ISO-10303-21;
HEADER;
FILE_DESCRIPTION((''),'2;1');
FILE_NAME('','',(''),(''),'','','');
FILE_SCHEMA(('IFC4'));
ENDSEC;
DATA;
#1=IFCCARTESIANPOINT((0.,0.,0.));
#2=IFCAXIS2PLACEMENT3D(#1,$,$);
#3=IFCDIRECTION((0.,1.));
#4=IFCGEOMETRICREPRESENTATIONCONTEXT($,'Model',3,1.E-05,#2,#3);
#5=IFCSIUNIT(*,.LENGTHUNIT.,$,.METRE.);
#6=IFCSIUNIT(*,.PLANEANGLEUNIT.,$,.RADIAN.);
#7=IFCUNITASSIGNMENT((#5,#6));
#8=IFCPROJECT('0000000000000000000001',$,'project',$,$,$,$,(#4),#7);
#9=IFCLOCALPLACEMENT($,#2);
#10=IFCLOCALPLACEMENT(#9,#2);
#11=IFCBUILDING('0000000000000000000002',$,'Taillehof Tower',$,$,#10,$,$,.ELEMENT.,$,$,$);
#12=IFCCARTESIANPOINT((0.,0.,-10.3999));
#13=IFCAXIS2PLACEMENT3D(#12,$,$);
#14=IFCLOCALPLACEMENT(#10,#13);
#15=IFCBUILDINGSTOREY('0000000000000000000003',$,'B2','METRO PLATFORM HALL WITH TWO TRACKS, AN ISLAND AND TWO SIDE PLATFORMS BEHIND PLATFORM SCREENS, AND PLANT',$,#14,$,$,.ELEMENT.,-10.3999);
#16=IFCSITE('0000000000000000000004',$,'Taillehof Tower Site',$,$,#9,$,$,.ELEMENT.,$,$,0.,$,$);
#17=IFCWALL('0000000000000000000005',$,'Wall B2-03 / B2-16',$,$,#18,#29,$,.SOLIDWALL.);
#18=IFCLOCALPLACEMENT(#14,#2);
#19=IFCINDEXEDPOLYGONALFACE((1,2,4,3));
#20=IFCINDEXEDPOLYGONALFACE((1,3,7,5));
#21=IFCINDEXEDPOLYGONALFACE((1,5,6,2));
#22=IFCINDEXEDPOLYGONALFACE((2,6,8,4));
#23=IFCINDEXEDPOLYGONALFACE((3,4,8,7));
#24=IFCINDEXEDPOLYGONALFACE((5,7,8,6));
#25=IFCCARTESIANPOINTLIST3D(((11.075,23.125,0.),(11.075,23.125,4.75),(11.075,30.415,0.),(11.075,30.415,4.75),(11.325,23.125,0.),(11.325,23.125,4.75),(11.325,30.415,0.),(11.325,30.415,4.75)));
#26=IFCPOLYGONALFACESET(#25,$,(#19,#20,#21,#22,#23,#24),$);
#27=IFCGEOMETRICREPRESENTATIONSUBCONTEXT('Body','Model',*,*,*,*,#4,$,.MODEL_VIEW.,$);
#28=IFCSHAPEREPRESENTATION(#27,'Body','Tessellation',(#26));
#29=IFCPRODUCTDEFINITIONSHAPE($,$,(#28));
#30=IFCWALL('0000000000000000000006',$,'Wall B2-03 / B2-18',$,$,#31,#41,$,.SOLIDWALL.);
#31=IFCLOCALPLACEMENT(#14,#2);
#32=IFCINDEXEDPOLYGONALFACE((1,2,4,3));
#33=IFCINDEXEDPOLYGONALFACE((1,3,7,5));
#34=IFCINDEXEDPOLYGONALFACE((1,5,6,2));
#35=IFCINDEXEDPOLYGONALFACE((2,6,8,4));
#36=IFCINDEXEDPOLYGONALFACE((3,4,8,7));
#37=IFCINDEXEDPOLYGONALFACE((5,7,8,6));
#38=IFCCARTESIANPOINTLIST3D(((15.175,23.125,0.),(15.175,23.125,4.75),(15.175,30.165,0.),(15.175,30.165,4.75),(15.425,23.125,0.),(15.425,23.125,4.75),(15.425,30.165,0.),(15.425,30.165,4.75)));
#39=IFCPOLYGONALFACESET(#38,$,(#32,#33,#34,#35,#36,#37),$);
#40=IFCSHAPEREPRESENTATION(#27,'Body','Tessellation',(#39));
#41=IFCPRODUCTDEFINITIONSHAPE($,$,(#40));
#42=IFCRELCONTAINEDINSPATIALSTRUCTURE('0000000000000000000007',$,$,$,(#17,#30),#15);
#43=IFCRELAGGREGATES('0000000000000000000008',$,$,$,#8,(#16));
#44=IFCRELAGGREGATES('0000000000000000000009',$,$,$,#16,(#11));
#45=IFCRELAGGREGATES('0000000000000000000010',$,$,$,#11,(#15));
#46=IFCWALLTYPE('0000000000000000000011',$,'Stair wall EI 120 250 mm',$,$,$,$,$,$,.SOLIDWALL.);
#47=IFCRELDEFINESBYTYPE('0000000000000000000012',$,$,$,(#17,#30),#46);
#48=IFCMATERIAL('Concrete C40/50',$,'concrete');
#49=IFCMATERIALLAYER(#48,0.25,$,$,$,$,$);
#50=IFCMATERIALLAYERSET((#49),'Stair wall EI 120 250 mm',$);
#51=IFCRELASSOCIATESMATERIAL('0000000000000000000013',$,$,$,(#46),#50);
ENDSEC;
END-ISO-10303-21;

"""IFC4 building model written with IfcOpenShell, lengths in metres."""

from ifc_helpers import new_model, si_unit, direction, frame, frame_2d, origin, place, context, subcontext, project, spatial, rectangle, extrude, material, layer, layer_set, type_object, element, save


model = new_model("IFC4")

# Units and contexts
model_context = context("Model", 3, precision=1e-05, world=origin(), true_north=direction((0.0, 1.0)))
body_context = subcontext(model_context, "Body", "Model", "MODEL_VIEW")
ifc_project = project(units=[si_unit("LENGTHUNIT", "METRE"), si_unit("PLANEANGLEUNIT", "RADIAN")], contexts=[model_context])

# Site, building, storey
site_placement = place(None, origin())
site = spatial("IfcSite", under=ifc_project, at=site_placement, Name="Taillehof Tower Site", CompositionType="ELEMENT", RefElevation=0.0)
building_placement = place(site_placement, origin())
building = spatial("IfcBuilding", under=site, at=building_placement, Name="Taillehof Tower", CompositionType="ELEMENT")
storey_placement = place(building_placement, frame((0.0, 0.0, -10.3999)))
storey = spatial("IfcBuildingStorey", under=building, at=storey_placement, Name="B2", Description="METRO PLATFORM HALL WITH TWO TRACKS, AN ISLAND AND TWO SIDE PLATFORMS BEHIND PLATFORM SCREENS, AND PLANT", CompositionType="ELEMENT", Elevation=-10.3999)

# Shared definitions
ifc_material_1 = material(Name="Concrete C40/50", Category="concrete")
ifc_layer_1 = layer(ifc_material_1, 0.25)
ifc_layer_set_1 = layer_set([ifc_layer_1], Name="Stair wall EI 120 250 mm")
wall_type_1 = type_object("IfcWallType", Name="Stair wall EI 120 250 mm", PredefinedType="SOLIDWALL", material=ifc_layer_set_1)

# Walls
wall_1_placement = place(storey_placement, frame((11.2, 23.125, 0.0), z_axis=(0.0, 0.0, 1.0), x_axis=(0.0, 1.0, 0.0)))
element("IfcWall", 1, at=wall_1_placement, inside=storey, type_object=wall_type_1, Name="Wall B2-03 / B2-16", PredefinedType="SOLIDWALL", context=body_context, shape_type="SweptSolid", body=[
    extrude(rectangle(XDim=7.29, YDim=0.25, at=frame_2d((3.645, 0.0))), origin(), (0.0, 0.0, 1.0), 4.75),
])
wall_2_placement = place(storey_placement, frame((15.3, 23.125, 0.0), z_axis=(0.0, 0.0, 1.0), x_axis=(0.0, 1.0, 0.0)))
element("IfcWall", 2, at=wall_2_placement, inside=storey, type_object=wall_type_1, Name="Wall B2-03 / B2-18", PredefinedType="SOLIDWALL", context=body_context, shape_type="SweptSolid", body=[
    extrude(rectangle(XDim=7.04, YDim=0.25, at=frame_2d((3.52, 0.0))), origin(), (0.0, 0.0, 1.0), 4.75),
])

save(model, "model.ifc")
